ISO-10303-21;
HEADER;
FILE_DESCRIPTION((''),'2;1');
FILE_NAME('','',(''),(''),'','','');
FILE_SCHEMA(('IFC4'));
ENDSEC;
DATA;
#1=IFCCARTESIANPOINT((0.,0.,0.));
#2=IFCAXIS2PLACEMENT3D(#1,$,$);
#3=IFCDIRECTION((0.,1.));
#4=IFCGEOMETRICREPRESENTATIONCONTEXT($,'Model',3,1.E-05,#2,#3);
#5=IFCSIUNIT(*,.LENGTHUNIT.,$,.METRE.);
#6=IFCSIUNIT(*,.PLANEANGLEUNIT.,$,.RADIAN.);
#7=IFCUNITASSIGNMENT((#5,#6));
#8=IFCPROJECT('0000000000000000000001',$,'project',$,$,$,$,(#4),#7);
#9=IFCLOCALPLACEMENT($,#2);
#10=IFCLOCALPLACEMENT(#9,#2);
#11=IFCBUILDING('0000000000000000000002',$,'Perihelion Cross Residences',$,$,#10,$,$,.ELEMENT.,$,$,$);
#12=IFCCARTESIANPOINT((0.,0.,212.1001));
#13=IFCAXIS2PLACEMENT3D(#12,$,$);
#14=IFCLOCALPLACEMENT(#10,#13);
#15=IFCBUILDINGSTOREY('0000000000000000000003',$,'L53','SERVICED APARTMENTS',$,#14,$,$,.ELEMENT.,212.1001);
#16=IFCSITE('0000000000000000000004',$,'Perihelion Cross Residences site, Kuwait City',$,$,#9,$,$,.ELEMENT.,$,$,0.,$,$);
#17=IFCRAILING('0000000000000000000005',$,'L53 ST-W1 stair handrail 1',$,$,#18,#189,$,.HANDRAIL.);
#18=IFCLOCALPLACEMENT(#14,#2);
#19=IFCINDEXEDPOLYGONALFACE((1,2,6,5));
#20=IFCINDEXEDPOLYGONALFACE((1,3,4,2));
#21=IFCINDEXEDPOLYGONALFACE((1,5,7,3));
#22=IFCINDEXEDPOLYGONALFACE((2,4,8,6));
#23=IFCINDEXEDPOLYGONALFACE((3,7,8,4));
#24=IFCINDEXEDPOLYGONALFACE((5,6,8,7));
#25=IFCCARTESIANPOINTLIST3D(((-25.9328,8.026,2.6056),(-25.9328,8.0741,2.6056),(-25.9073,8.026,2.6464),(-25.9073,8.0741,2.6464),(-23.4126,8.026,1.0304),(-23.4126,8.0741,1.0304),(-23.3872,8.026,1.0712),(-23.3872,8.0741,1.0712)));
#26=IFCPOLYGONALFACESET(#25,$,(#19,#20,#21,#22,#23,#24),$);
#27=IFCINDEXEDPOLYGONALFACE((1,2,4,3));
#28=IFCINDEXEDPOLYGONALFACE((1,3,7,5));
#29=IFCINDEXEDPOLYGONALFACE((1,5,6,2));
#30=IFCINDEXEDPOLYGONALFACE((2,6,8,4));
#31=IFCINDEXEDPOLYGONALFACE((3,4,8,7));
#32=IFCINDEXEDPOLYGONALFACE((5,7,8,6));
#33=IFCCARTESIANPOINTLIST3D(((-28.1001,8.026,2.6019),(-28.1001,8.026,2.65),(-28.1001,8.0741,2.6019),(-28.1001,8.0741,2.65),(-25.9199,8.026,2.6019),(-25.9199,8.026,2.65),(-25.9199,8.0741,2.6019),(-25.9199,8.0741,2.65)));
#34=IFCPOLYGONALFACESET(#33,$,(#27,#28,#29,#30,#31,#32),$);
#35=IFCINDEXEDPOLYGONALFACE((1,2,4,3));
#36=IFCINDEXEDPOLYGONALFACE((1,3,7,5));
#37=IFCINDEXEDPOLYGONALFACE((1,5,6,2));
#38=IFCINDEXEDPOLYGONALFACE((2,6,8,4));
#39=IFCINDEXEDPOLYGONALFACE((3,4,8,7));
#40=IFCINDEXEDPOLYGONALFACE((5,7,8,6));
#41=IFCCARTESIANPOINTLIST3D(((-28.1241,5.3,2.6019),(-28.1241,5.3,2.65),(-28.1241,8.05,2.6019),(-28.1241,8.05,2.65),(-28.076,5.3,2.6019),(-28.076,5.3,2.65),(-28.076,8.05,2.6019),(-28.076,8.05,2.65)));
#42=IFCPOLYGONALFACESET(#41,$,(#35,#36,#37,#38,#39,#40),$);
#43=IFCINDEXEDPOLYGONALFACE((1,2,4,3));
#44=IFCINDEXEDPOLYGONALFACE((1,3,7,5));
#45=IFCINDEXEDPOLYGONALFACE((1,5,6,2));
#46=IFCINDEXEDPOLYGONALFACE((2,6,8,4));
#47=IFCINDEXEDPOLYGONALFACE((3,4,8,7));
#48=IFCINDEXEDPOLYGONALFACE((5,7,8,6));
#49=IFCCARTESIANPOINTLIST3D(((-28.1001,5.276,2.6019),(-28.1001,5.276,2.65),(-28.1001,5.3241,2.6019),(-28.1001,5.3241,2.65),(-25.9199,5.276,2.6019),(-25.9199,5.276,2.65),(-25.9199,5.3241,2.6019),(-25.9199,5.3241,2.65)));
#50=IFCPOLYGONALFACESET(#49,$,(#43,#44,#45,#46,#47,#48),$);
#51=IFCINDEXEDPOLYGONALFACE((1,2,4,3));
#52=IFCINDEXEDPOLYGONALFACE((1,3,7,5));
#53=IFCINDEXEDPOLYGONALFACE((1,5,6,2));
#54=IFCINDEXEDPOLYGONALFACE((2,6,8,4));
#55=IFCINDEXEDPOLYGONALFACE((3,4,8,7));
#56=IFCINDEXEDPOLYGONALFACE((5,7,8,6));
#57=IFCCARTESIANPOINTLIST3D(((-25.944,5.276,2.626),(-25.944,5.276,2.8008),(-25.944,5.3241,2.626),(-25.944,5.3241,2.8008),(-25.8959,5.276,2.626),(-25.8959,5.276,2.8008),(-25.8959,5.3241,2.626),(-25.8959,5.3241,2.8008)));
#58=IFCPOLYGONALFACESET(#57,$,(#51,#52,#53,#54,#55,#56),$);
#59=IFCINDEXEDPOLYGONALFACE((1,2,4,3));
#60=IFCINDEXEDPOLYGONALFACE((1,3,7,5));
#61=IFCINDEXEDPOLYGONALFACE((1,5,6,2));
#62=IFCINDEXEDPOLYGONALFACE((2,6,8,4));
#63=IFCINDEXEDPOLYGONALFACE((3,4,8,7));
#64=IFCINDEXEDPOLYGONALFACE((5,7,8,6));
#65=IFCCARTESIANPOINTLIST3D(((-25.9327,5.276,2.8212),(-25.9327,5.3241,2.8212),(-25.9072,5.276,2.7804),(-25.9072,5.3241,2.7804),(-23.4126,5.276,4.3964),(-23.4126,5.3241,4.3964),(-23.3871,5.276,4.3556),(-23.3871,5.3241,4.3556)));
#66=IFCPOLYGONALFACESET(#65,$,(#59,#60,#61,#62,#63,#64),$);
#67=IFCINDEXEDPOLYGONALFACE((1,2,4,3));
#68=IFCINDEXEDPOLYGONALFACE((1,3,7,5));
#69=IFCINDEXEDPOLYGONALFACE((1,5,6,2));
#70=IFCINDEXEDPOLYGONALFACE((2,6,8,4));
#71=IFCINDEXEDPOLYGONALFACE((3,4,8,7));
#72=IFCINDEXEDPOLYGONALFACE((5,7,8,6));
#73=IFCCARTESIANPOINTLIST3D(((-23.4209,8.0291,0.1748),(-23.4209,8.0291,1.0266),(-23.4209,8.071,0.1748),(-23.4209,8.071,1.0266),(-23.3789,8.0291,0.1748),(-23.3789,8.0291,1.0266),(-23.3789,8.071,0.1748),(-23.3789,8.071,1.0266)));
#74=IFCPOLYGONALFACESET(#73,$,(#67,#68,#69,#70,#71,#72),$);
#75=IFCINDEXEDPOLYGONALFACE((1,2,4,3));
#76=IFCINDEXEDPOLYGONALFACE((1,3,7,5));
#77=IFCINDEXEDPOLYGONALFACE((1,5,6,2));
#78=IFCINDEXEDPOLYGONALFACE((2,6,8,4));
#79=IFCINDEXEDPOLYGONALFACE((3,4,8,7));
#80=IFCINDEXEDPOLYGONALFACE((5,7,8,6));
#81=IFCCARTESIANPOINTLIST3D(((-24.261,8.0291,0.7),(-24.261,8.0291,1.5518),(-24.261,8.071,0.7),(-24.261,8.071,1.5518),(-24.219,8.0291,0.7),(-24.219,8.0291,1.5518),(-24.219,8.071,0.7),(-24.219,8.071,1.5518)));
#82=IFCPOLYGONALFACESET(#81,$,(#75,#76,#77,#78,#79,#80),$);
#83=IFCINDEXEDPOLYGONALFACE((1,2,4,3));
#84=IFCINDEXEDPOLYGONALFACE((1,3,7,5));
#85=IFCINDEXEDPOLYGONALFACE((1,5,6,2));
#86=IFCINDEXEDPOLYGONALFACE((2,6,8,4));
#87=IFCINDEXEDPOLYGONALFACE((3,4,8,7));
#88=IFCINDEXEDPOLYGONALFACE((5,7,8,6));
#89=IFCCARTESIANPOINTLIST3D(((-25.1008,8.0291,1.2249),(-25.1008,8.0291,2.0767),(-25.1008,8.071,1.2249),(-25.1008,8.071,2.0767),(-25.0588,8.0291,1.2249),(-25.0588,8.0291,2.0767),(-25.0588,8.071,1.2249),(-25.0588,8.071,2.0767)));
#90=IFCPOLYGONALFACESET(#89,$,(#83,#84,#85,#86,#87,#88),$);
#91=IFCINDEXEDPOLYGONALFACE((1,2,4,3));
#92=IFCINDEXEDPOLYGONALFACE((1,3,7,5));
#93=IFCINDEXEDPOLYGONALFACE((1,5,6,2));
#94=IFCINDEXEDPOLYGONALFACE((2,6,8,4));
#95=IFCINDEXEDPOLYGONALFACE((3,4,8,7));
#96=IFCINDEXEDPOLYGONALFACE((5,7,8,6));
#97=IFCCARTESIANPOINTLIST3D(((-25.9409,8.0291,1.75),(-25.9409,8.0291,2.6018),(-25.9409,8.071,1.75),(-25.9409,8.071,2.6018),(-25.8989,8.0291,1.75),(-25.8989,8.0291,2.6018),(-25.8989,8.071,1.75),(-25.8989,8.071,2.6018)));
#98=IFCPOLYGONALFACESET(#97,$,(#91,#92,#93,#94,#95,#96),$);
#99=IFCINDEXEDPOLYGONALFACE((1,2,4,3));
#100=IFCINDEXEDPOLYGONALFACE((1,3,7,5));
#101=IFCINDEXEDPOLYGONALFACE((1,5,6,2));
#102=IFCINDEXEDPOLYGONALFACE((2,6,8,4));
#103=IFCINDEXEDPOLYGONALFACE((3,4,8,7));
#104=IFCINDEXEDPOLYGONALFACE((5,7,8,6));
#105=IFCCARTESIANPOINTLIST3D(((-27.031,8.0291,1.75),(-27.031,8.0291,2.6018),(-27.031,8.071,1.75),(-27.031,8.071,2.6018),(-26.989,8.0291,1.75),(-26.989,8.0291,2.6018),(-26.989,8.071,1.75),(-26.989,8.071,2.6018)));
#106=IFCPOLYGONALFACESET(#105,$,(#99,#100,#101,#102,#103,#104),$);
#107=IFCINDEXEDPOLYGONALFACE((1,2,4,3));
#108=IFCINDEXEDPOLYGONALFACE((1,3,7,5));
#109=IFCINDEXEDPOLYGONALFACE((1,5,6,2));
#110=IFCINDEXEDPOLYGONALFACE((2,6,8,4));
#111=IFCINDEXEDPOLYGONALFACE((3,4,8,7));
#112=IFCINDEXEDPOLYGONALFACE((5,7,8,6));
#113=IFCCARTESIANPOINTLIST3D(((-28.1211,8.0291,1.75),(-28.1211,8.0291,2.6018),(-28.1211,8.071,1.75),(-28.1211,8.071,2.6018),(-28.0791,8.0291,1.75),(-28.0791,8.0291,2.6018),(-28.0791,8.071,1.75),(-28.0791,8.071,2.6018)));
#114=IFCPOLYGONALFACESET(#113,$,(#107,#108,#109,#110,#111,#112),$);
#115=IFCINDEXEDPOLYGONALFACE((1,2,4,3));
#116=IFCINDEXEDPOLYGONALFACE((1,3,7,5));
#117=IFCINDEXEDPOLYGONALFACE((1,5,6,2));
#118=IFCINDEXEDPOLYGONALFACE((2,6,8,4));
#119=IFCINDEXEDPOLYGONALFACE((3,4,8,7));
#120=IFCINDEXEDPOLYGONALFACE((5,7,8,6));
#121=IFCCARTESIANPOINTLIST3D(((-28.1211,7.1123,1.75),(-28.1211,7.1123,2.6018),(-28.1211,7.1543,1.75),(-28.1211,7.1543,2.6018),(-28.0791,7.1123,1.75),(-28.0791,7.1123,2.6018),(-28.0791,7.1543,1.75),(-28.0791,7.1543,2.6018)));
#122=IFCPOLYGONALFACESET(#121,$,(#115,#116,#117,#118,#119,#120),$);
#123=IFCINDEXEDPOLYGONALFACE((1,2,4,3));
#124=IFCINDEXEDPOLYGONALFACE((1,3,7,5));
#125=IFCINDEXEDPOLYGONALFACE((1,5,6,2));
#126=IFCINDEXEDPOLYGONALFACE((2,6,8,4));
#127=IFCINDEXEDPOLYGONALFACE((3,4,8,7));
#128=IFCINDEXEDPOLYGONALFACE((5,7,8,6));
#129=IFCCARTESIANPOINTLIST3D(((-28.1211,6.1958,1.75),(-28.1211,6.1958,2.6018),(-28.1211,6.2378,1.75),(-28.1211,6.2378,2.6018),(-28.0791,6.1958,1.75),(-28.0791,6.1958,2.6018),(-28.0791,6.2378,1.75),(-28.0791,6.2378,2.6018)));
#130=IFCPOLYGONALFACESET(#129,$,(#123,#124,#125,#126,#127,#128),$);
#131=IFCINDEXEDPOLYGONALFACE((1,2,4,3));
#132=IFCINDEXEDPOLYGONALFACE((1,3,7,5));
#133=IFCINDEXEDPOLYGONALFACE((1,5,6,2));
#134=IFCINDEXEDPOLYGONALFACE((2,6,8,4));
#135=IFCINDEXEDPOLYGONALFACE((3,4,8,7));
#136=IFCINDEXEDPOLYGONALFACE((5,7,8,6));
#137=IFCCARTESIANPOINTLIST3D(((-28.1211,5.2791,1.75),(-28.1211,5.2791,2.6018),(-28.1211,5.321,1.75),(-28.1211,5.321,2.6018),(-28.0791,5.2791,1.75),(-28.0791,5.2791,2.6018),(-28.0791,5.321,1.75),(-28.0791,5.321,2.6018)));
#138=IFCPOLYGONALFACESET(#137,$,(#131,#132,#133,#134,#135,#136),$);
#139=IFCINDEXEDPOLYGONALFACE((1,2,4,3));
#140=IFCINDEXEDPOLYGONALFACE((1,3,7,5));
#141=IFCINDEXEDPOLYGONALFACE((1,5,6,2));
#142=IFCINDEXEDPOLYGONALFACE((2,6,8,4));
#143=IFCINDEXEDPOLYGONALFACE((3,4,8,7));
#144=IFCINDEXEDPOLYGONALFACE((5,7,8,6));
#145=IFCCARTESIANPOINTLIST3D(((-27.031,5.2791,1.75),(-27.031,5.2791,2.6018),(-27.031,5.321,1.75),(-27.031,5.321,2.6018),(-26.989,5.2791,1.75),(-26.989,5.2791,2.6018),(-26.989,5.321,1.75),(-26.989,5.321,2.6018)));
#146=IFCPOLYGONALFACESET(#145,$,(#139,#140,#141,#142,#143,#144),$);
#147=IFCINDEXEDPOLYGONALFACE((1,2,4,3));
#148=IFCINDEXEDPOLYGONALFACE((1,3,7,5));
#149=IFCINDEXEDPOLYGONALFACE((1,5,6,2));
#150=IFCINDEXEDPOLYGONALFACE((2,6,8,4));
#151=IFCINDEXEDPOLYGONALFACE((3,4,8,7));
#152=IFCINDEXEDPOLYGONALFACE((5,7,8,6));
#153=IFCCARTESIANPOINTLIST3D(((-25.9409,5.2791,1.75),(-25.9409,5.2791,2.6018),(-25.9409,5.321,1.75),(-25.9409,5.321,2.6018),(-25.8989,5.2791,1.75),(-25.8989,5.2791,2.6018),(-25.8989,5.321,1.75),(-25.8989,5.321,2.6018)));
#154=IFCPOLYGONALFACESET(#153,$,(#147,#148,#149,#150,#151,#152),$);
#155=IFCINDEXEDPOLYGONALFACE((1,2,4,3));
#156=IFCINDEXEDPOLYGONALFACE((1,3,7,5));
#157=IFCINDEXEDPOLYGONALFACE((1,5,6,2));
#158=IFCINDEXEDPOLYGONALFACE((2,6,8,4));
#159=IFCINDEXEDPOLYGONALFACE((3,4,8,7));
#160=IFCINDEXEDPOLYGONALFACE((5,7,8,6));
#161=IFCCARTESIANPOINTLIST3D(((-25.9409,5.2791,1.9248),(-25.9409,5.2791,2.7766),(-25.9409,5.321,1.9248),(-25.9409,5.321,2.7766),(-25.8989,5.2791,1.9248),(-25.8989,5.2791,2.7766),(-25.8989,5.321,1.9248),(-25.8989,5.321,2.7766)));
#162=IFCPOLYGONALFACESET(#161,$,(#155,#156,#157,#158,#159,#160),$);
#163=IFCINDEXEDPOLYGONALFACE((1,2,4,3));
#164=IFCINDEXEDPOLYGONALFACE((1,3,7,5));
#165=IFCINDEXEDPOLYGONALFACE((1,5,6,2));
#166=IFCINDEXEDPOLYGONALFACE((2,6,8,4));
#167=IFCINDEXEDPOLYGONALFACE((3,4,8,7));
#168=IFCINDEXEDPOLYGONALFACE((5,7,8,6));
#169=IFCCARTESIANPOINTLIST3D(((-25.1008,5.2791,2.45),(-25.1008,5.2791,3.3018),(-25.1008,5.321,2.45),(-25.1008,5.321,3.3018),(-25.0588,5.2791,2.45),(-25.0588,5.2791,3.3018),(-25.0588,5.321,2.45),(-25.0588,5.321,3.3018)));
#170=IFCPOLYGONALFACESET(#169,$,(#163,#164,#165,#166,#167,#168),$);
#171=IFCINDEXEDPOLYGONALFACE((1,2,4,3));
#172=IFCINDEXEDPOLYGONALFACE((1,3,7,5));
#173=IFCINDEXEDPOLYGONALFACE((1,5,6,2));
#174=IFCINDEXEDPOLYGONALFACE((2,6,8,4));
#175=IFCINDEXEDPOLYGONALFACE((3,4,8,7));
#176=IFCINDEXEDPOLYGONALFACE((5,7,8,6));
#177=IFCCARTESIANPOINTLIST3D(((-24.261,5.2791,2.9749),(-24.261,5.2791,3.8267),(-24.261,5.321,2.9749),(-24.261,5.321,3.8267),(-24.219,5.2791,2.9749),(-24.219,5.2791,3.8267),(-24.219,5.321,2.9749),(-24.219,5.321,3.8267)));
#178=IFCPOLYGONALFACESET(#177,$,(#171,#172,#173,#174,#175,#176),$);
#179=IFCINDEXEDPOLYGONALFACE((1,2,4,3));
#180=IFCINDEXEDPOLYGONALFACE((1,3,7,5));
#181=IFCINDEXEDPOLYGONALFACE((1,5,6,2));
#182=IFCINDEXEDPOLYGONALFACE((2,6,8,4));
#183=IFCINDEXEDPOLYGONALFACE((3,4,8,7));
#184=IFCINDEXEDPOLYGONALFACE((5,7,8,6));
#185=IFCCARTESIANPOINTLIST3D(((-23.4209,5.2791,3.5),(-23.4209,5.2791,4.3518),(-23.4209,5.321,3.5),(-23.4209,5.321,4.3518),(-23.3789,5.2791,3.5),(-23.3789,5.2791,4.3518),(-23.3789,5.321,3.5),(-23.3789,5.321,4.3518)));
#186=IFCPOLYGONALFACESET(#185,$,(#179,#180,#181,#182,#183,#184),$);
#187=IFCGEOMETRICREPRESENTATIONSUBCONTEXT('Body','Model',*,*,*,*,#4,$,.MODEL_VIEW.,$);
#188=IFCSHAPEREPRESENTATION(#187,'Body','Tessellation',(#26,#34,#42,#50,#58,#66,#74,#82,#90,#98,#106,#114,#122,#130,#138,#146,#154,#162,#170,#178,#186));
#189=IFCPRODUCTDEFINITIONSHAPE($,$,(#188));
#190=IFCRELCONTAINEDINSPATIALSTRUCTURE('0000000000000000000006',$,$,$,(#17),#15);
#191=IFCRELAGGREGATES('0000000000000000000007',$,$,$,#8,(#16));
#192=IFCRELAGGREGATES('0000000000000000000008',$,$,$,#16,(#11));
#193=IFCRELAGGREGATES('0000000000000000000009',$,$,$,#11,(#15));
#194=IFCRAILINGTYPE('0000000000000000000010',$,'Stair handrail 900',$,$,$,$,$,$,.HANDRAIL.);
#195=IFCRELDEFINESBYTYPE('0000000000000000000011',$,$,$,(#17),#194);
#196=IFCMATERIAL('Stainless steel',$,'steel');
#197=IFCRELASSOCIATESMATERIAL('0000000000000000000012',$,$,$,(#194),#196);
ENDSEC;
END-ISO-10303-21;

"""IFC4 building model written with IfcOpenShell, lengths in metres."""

from ifc_helpers import new_model, si_unit, direction, frame, origin, origin_2d, place, context, subcontext, project, spatial, rectangle, extrude, material, type_object, element, save


model = new_model("IFC4")

# Units and contexts
model_context = context("Model", 3, precision=1e-05, world=origin(), true_north=direction((0.0, 1.0)))
body_context = subcontext(model_context, "Body", "Model", "MODEL_VIEW")
ifc_project = project(units=[si_unit("LENGTHUNIT", "METRE"), si_unit("PLANEANGLEUNIT", "RADIAN")], contexts=[model_context])

# Site, building, storey
site_placement = place(None, origin())
site = spatial("IfcSite", under=ifc_project, at=site_placement, Name="Perihelion Cross Residences site, Kuwait City", CompositionType="ELEMENT", RefElevation=0.0)
building_placement = place(site_placement, origin())
building = spatial("IfcBuilding", under=site, at=building_placement, Name="Perihelion Cross Residences", CompositionType="ELEMENT")
storey_placement = place(building_placement, frame((0.0, 0.0, 212.1001)))
storey = spatial("IfcBuildingStorey", under=building, at=storey_placement, Name="L53", Description="SERVICED APARTMENTS", CompositionType="ELEMENT", Elevation=212.1001)

# Railing
ifc_material_1 = material(Name="Stainless steel", Category="steel")
railing_type_1 = type_object("IfcRailingType", Name="Stair handrail 900", PredefinedType="HANDRAIL", material=ifc_material_1)
railing_1_placement = place(storey_placement, frame((-23.3999, 8.05, 0.1748)))
element("IfcRailing", 1, at=railing_1_placement, inside=storey, type_object=railing_type_1, Name="L53 ST-W1 stair handrail 1", PredefinedType="HANDRAIL", context=body_context, shape_type="SweptSolid", body=[
    extrude(rectangle(XDim=0.0481, YDim=0.0481, at=origin_2d()), frame((0.0, 0.0, 0.876), z_axis=(-0.847971, 0.0, 0.530043), x_axis=(0.0, -1.0, 0.0)), (0.0, 0.0, 1.0), 2.9719),
    extrude(rectangle(XDim=0.0481, YDim=0.0481, at=origin_2d()), frame((-2.52, 0.0, 2.4512), z_axis=(-1.0, 0.0, 0.0), x_axis=(0.0, -1.0, 0.0)), (0.0, 0.0, 1.0), 2.1802),
    extrude(rectangle(XDim=0.0481, YDim=0.0481, at=origin_2d()), frame((-4.7002, 0.0, 2.4512), z_axis=(0.0, -1.0, 0.0), x_axis=(1.0, 0.0, 0.0)), (0.0, 0.0, 1.0), 2.75),
    extrude(rectangle(XDim=0.0481, YDim=0.0481, at=origin_2d()), frame((-4.7002, -2.75, 2.4512), z_axis=(1.0, 0.0, 0.0), x_axis=(0.0, 1.0, 0.0)), (0.0, 0.0, 1.0), 2.1802),
    extrude(rectangle(XDim=0.0481, YDim=0.0481, at=origin_2d()), frame((-2.52, -2.75, 2.4512), z_axis=(0.0, 0.0, 1.0), x_axis=(1.0, 0.0, 0.0)), (0.0, 0.0, 1.0), 0.1748),
    extrude(rectangle(XDim=0.0481, YDim=0.0481, at=origin_2d()), frame((-2.52, -2.75, 2.626), z_axis=(0.847971, 0.0, 0.530043), x_axis=(0.0, 1.0, 0.0)), (0.0, 0.0, 1.0), 2.9719),
    extrude(rectangle(XDim=0.042, YDim=0.042, at=origin_2d()), origin(), (0.0, 0.0, 1.0), 0.8518),
    extrude(rectangle(XDim=0.042, YDim=0.042, at=origin_2d()), frame((-0.8401, 0.0, 0.5251)), (0.0, 0.0, 1.0), 0.8518),
    extrude(rectangle(XDim=0.042, YDim=0.042, at=origin_2d()), frame((-1.6799, 0.0, 1.05)), (0.0, 0.0, 1.0), 0.8518),
    extrude(rectangle(XDim=0.042, YDim=0.042, at=origin_2d()), frame((-2.52, 0.0, 1.5752)), (0.0, 0.0, 1.0), 0.8518),
    extrude(rectangle(XDim=0.042, YDim=0.042, at=origin_2d()), frame((-3.6101, 0.0, 1.5752)), (0.0, 0.0, 1.0), 0.8518),
    extrude(rectangle(XDim=0.042, YDim=0.042, at=origin_2d()), frame((-4.7002, 0.0, 1.5752)), (0.0, 0.0, 1.0), 0.8518),
    extrude(rectangle(XDim=0.042, YDim=0.042, at=origin_2d()), frame((-4.7002, -0.9167, 1.5752)), (0.0, 0.0, 1.0), 0.8518),
    extrude(rectangle(XDim=0.042, YDim=0.042, at=origin_2d()), frame((-4.7002, -1.8333, 1.5752)), (0.0, 0.0, 1.0), 0.8518),
    extrude(rectangle(XDim=0.042, YDim=0.042, at=origin_2d()), frame((-4.7002, -2.75, 1.5752)), (0.0, 0.0, 1.0), 0.8518),
    extrude(rectangle(XDim=0.042, YDim=0.042, at=origin_2d()), frame((-3.6101, -2.75, 1.5752)), (0.0, 0.0, 1.0), 0.8518),
    extrude(rectangle(XDim=0.042, YDim=0.042, at=origin_2d()), frame((-2.52, -2.75, 1.5752)), (0.0, 0.0, 1.0), 0.8518),
    extrude(rectangle(XDim=0.042, YDim=0.042, at=origin_2d()), frame((-2.52, -2.75, 1.75)), (0.0, 0.0, 1.0), 0.8518),
    extrude(rectangle(XDim=0.042, YDim=0.042, at=origin_2d()), frame((-1.6799, -2.75, 2.2751)), (0.0, 0.0, 1.0), 0.8518),
    extrude(rectangle(XDim=0.042, YDim=0.042, at=origin_2d()), frame((-0.8401, -2.75, 2.8)), (0.0, 0.0, 1.0), 0.8518),
    extrude(rectangle(XDim=0.042, YDim=0.042, at=origin_2d()), frame((0.0, -2.75, 3.3252)), (0.0, 0.0, 1.0), 0.8518),
])

save(model, "model.ifc")
